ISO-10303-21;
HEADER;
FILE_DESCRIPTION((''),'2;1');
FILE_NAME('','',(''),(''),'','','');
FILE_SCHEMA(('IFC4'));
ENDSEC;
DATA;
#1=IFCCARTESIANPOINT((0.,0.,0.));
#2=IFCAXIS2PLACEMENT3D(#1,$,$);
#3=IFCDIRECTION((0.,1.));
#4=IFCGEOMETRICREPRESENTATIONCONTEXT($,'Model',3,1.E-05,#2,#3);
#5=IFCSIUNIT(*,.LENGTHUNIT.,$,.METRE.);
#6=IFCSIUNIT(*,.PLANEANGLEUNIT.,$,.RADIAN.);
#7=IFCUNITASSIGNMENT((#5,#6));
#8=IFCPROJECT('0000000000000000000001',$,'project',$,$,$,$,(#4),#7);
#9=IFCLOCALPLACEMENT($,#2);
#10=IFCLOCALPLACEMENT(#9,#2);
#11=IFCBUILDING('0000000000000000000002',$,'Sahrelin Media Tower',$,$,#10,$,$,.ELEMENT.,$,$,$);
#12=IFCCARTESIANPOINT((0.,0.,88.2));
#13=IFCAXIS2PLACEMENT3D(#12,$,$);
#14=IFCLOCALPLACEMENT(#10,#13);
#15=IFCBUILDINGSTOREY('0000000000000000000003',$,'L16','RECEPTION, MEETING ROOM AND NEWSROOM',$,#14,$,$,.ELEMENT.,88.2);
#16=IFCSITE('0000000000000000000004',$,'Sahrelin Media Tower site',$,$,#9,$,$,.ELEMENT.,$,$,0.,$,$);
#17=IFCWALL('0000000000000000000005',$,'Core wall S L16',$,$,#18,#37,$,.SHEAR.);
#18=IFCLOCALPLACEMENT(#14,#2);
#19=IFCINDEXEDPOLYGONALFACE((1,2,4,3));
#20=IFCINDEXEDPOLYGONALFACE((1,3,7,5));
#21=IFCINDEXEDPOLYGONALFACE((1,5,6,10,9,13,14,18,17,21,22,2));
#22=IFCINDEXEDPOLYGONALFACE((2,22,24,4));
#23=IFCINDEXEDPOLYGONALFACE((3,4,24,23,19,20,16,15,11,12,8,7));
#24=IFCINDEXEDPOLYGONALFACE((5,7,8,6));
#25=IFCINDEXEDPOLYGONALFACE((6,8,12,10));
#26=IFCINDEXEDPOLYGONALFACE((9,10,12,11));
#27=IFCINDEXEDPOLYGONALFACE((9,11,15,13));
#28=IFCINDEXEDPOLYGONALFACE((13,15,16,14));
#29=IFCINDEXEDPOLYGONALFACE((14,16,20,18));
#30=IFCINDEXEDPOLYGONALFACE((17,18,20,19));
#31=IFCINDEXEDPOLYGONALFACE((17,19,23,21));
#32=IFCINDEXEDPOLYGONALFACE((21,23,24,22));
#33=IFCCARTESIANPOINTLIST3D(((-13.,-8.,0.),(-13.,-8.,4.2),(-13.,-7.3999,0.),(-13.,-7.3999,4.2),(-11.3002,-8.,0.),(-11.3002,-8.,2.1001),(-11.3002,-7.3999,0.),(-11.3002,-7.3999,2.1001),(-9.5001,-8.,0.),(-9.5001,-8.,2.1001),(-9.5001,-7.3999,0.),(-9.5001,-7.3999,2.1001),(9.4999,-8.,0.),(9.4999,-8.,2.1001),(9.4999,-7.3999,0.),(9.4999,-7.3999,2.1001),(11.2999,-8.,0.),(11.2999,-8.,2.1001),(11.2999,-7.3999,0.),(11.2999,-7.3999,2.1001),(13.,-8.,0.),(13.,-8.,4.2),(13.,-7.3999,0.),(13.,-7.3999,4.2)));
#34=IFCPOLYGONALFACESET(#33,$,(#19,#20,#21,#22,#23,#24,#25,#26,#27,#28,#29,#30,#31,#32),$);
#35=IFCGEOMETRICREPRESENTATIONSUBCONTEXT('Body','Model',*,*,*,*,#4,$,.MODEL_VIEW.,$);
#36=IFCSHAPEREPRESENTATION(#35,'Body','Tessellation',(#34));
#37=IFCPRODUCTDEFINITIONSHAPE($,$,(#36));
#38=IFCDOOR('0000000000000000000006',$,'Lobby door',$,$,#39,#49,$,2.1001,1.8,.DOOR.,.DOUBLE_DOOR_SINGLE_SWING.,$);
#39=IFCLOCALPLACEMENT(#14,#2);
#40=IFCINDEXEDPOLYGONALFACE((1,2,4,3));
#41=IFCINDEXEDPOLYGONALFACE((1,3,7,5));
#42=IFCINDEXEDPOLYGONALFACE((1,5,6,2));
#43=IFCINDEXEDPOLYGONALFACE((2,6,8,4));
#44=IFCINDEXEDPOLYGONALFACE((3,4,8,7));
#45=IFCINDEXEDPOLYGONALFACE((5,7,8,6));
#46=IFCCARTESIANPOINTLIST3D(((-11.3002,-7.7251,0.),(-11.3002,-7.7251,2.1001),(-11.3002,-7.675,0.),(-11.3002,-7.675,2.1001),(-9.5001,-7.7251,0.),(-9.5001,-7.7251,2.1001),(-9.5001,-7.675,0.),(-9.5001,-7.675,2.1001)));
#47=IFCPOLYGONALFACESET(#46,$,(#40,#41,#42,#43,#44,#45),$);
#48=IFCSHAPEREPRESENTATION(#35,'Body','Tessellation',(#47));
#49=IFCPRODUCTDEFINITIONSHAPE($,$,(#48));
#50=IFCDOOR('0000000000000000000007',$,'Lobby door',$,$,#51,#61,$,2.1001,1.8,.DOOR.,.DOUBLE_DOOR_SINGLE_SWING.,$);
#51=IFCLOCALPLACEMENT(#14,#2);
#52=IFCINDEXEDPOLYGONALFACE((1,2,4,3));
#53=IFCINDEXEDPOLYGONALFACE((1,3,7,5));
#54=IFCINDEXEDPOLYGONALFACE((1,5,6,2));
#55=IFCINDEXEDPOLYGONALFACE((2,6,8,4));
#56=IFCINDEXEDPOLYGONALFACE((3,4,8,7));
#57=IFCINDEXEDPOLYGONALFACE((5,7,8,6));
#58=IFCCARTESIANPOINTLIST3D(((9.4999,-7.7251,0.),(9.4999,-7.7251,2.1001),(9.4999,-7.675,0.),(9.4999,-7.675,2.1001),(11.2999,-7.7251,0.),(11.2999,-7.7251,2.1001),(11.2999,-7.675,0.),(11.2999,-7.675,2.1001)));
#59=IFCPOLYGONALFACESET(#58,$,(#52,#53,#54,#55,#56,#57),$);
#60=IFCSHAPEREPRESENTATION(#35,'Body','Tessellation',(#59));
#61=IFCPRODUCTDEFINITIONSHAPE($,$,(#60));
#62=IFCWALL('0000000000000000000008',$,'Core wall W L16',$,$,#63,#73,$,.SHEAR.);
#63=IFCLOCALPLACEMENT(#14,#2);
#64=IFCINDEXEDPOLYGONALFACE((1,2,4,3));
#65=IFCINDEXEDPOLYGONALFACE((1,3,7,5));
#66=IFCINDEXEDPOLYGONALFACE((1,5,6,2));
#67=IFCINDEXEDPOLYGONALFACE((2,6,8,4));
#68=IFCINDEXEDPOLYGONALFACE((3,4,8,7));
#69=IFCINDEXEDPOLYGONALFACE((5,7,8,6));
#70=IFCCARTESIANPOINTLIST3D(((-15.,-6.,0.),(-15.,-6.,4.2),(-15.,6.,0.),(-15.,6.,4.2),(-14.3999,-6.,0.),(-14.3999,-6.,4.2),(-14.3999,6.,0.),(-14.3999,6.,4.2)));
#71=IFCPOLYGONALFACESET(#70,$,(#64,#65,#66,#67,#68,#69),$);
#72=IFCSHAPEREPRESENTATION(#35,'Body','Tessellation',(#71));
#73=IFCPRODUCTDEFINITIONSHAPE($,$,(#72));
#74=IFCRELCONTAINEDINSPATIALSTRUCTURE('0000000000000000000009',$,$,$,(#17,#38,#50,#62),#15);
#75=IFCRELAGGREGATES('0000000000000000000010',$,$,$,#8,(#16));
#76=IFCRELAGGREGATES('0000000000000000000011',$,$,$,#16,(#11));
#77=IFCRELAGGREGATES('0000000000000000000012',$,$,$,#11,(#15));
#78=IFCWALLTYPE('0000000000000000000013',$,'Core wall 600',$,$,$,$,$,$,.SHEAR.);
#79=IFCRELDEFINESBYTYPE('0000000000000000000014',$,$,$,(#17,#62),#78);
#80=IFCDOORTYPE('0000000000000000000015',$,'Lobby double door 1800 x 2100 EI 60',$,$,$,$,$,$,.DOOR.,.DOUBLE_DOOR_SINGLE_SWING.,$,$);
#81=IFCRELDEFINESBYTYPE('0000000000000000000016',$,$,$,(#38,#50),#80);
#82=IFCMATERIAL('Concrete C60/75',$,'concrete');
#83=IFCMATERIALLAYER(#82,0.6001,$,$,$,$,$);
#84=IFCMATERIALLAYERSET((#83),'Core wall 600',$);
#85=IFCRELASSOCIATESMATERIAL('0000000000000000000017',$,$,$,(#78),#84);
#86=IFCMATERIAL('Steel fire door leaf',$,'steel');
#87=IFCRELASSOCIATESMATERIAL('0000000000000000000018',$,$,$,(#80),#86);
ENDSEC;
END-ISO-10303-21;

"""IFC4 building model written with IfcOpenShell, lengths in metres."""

from ifc_helpers import new_model, si_unit, direction, frame, frame_2d, origin, place, context, subcontext, project, spatial, rectangle, extrude, material, layer, layer_set, type_object, element, fill, save


model = new_model("IFC4")

# Units and contexts
model_context = context("Model", 3, precision=1e-05, world=origin(), true_north=direction((0.0, 1.0)))
body_context = subcontext(model_context, "Body", "Model", "MODEL_VIEW")
ifc_project = project(units=[si_unit("LENGTHUNIT", "METRE"), si_unit("PLANEANGLEUNIT", "RADIAN")], contexts=[model_context])

# Site, building, storey
site_placement = place(None, origin())
site = spatial("IfcSite", under=ifc_project, at=site_placement, Name="Sahrelin Media Tower site", CompositionType="ELEMENT", RefElevation=0.0)
building_placement = place(site_placement, origin())
building = spatial("IfcBuilding", under=site, at=building_placement, Name="Sahrelin Media Tower", CompositionType="ELEMENT")
storey_placement = place(building_placement, frame((0.0, 0.0, 88.2)))
storey = spatial("IfcBuildingStorey", under=building, at=storey_placement, Name="L16", Description="RECEPTION, MEETING ROOM AND NEWSROOM", CompositionType="ELEMENT", Elevation=88.2)

# Wall, openings, doors
ifc_material_1 = material(Name="Concrete C60/75", Category="concrete")
ifc_layer_1 = layer(ifc_material_1, 0.6001)
ifc_layer_set_1 = layer_set([ifc_layer_1], Name="Core wall 600")
wall_type_1 = type_object("IfcWallType", Name="Core wall 600", PredefinedType="SHEAR", material=ifc_layer_set_1)
wall_1_placement = place(storey_placement, frame((-13.0, -7.7, 0.0), z_axis=(0.0, 0.0, 1.0), x_axis=(1.0, 0.0, 0.0)))
wall_1 = element("IfcWall", 1, at=wall_1_placement, inside=storey, type_object=wall_type_1, Name="Core wall S L16", PredefinedType="SHEAR", context=body_context, shape_type="SweptSolid", body=[
    extrude(rectangle(XDim=26.0, YDim=0.6001, at=frame_2d((13.0, 0.0))), origin(), (0.0, 0.0, 1.0), 4.2),
])
opening_1_placement = place(wall_1_placement, frame((1.7, 0.0, 0.0)))
opening_1 = element("IfcOpeningElement", 2, at=opening_1_placement, cuts=wall_1, PredefinedType="OPENING", context=body_context, shape_type="SweptSolid", body=[
    extrude(rectangle(XDim=1.8, YDim=2.1001, at=frame_2d((0.8999, 1.05))), frame((0.0, 0.3, 0.0), z_axis=(0.0, -1.0, 0.0), x_axis=(1.0, 0.0, 0.0)), (0.0, 0.0, 1.0), 0.6001),
])
opening_2_placement = place(wall_1_placement, frame((22.5, 0.0, 0.0)))
opening_2 = element("IfcOpeningElement", 3, at=opening_2_placement, cuts=wall_1, PredefinedType="OPENING", context=body_context, shape_type="SweptSolid", body=[
    extrude(rectangle(XDim=1.8, YDim=2.1001, at=frame_2d((0.8999, 1.05))), frame((0.0, 0.3, 0.0), z_axis=(0.0, -1.0, 0.0), x_axis=(1.0, 0.0, 0.0)), (0.0, 0.0, 1.0), 0.6001),
])
ifc_material_2 = material(Name="Steel fire door leaf", Category="steel")
door_type_1 = type_object("IfcDoorType", Name="Lobby double door 1800 x 2100 EI 60", OperationType="DOUBLE_DOOR_SINGLE_SWING", PredefinedType="DOOR", material=ifc_material_2)
door_1_placement = place(opening_1_placement, origin())
door_1 = element("IfcDoor", 4, at=door_1_placement, inside=storey, type_object=door_type_1, Name="Lobby door", OperationType="DOUBLE_DOOR_SINGLE_SWING", OverallHeight=2.1001, OverallWidth=1.8, PredefinedType="DOOR", context=body_context, shape_type="SweptSolid", body=[
    extrude(rectangle(XDim=1.8, YDim=2.1001, at=frame_2d((0.8999, 1.05))), frame((0.0, 0.0249, 0.0), z_axis=(0.0, -1.0, 0.0), x_axis=(1.0, 0.0, 0.0)), (0.0, 0.0, 1.0), 0.05),
])
fill(opening_1, door_1)
door_2_placement = place(opening_2_placement, origin())
door_2 = element("IfcDoor", 5, at=door_2_placement, inside=storey, type_object=door_type_1, Name="Lobby door", OperationType="DOUBLE_DOOR_SINGLE_SWING", OverallHeight=2.1001, OverallWidth=1.8, PredefinedType="DOOR", context=body_context, shape_type="SweptSolid", body=[
    extrude(rectangle(XDim=1.8, YDim=2.1001, at=frame_2d((0.8999, 1.05))), frame((0.0, 0.0249, 0.0), z_axis=(0.0, -1.0, 0.0), x_axis=(1.0, 0.0, 0.0)), (0.0, 0.0, 1.0), 0.05),
])
fill(opening_2, door_2)

# Wall
wall_2_placement = place(storey_placement, frame((-14.7, -6.0, 0.0), z_axis=(0.0, 0.0, 1.0), x_axis=(0.0, 1.0, 0.0)))
element("IfcWall", 6, at=wall_2_placement, inside=storey, type_object=wall_type_1, Name="Core wall W L16", PredefinedType="SHEAR", context=body_context, shape_type="SweptSolid", body=[
    extrude(rectangle(XDim=12.0, YDim=0.6001, at=frame_2d((6.0, 0.0))), origin(), (0.0, 0.0, 1.0), 4.2),
])

save(model, "model.ifc")
